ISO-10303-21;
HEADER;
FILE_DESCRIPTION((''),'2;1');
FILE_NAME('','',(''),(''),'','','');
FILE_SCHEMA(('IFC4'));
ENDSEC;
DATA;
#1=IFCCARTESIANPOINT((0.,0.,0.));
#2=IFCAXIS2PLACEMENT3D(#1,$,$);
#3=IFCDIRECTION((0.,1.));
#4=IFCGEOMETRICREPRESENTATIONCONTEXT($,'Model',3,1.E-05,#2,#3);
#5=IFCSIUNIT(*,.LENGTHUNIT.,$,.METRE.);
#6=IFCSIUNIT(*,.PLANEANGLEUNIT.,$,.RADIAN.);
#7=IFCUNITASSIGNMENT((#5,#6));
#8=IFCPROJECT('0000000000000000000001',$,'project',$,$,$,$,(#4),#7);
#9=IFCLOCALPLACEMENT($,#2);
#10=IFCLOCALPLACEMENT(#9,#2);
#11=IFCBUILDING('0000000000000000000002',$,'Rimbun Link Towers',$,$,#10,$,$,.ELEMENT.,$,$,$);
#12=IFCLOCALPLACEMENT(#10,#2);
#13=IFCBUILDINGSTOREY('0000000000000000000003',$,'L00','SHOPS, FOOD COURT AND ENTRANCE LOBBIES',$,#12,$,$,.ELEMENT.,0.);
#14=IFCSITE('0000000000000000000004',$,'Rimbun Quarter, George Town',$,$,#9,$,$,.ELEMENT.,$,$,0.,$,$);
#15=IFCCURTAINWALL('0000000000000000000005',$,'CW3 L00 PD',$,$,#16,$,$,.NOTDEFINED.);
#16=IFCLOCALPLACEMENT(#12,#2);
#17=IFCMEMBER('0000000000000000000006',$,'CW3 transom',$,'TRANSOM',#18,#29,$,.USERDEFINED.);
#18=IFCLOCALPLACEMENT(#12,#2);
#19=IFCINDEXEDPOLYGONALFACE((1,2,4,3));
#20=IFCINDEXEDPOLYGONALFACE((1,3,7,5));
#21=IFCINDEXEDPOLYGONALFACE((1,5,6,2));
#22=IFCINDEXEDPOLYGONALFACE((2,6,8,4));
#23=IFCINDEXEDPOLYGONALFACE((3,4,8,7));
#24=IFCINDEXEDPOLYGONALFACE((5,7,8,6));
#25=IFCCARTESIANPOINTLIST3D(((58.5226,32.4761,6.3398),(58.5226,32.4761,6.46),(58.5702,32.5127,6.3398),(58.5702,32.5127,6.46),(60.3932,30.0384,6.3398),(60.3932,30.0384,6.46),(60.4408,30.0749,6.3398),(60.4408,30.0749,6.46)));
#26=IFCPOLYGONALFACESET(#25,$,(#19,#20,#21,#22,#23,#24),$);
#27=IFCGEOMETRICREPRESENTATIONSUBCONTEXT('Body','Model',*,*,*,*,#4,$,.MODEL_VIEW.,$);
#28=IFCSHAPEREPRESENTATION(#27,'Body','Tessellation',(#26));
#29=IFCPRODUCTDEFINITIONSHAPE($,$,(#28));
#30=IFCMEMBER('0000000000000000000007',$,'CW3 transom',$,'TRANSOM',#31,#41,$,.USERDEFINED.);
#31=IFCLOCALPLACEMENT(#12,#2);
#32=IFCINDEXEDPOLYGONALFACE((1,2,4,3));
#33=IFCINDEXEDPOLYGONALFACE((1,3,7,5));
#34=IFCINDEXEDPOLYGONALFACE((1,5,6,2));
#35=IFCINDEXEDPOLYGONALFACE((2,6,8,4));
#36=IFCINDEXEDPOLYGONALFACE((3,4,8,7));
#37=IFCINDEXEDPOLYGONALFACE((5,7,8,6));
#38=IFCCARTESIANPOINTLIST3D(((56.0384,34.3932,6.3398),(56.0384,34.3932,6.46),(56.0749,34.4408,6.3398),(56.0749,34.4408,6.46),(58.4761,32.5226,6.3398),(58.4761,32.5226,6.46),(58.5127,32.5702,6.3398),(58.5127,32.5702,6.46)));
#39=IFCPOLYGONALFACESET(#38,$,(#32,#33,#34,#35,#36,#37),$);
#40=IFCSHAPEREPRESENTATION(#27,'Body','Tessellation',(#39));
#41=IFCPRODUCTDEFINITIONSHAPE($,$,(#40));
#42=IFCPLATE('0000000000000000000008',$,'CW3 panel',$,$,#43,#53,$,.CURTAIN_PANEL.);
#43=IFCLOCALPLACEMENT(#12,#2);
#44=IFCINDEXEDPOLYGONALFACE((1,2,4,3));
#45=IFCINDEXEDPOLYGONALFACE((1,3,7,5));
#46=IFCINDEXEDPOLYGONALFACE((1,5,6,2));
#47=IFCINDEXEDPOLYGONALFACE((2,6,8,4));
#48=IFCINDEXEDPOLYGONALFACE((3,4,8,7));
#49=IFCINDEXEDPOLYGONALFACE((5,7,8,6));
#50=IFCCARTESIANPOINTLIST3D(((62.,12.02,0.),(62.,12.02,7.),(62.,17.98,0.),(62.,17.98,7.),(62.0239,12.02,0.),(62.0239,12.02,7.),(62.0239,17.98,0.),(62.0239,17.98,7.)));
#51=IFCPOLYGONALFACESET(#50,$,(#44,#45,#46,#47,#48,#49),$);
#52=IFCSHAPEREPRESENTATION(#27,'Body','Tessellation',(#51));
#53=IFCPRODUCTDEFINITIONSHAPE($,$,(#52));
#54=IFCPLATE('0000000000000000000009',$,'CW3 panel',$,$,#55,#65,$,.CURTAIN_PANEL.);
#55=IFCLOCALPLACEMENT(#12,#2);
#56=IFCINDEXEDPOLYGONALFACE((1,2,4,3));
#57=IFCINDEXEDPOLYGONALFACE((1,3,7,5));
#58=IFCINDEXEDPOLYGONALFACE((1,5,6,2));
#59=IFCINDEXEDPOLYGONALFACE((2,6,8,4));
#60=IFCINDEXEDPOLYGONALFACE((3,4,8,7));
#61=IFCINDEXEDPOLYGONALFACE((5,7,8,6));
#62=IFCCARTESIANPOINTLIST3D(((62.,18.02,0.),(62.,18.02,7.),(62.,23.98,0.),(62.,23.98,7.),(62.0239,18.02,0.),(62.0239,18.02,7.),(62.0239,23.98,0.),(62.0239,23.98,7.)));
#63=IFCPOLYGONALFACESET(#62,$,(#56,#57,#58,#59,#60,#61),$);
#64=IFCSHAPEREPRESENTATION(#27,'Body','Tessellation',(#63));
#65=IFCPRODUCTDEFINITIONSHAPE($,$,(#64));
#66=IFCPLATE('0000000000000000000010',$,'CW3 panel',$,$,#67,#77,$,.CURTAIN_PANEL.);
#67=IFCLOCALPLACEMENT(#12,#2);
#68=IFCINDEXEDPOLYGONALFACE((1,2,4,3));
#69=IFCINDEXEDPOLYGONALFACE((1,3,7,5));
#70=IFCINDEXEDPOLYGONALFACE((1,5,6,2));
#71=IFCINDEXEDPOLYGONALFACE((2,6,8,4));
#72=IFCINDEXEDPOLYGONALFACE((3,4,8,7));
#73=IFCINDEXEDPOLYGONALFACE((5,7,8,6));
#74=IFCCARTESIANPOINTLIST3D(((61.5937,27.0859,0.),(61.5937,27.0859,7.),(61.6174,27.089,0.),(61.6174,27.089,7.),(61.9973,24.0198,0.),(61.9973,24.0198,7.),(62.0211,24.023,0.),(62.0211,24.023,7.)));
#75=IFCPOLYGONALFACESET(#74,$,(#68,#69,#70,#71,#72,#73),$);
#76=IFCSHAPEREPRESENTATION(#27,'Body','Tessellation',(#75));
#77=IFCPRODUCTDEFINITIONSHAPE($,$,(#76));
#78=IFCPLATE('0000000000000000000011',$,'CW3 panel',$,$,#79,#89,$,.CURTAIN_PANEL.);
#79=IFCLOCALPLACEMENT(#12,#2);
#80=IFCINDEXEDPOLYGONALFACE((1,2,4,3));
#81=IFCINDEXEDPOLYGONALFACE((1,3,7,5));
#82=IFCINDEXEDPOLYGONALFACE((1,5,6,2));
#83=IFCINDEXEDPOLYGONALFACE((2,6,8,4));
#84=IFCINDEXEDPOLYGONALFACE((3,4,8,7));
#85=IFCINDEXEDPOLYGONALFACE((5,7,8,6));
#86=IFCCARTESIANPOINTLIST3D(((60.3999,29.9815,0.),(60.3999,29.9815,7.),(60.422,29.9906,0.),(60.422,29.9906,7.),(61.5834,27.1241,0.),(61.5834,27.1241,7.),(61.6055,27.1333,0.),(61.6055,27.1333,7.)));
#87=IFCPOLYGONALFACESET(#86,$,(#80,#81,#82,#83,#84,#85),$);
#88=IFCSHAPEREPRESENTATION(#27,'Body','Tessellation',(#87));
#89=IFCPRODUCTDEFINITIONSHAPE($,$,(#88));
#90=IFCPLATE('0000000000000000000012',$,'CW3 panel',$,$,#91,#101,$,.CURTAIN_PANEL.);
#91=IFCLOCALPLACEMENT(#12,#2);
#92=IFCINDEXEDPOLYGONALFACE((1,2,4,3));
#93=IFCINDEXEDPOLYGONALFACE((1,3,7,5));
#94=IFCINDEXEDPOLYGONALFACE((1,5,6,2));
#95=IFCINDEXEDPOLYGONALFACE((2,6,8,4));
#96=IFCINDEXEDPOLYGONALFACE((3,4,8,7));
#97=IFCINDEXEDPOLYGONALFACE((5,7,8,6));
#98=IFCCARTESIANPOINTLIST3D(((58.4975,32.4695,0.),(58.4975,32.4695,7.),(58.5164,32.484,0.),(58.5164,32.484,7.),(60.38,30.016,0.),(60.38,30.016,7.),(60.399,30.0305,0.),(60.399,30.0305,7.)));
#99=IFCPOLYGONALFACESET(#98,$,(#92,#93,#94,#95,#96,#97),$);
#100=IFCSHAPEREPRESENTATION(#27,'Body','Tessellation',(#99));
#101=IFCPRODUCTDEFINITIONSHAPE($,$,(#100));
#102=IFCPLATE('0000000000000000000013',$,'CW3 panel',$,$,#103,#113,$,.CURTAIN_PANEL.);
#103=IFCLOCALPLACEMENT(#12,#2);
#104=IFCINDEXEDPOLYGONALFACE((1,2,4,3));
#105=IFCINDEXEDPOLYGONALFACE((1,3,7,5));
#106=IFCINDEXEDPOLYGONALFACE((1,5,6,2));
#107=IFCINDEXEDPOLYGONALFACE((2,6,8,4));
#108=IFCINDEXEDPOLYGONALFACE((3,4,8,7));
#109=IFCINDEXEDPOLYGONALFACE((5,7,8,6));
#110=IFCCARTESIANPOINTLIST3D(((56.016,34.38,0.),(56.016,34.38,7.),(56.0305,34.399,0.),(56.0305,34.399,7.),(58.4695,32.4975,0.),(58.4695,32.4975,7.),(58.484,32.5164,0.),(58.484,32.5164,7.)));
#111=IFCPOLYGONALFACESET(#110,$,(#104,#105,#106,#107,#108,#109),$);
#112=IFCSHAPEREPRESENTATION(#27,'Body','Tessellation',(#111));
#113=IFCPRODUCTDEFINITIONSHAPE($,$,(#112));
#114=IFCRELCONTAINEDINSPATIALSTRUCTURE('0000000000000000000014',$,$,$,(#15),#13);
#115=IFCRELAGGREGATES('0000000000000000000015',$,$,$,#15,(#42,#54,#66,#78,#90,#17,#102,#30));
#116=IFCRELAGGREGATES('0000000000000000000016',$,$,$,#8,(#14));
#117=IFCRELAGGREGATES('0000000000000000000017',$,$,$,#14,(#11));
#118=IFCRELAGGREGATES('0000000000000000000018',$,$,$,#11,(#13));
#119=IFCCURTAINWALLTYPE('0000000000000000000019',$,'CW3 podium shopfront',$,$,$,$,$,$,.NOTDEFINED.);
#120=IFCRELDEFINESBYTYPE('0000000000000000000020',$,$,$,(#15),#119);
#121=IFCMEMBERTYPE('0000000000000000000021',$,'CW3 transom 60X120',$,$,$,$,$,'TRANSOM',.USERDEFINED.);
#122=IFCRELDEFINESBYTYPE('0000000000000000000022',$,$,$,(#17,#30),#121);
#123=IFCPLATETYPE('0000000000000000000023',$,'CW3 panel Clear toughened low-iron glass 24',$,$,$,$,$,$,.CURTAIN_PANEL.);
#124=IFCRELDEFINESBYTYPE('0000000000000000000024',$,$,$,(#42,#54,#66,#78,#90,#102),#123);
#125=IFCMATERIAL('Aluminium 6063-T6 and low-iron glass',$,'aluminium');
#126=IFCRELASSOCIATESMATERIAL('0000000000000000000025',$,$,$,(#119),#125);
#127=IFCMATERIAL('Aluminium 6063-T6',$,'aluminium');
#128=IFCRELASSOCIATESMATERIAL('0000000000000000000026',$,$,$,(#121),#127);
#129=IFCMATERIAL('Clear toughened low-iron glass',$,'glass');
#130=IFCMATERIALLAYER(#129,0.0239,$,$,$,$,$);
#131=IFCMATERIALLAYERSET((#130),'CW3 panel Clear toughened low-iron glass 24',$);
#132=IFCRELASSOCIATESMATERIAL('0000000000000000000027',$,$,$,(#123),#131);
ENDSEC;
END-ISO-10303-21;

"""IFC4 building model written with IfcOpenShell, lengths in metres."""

from ifc_helpers import new_model, si_unit, direction, frame, origin, origin_2d, place, context, subcontext, project, spatial, rectangle, extrude, material, layer, layer_set, material_profile, profile_set, type_object, element, aggregate, save


model = new_model("IFC4")

# Units and contexts
model_context = context("Model", 3, precision=1e-05, world=origin(), true_north=direction((0.0, 1.0)))
body_context = subcontext(model_context, "Body", "Model", "MODEL_VIEW")
ifc_project = project(units=[si_unit("LENGTHUNIT", "METRE"), si_unit("PLANEANGLEUNIT", "RADIAN")], contexts=[model_context])

# Site, building, storey
site_placement = place(None, origin())
site = spatial("IfcSite", under=ifc_project, at=site_placement, Name="Rimbun Quarter, George Town", CompositionType="ELEMENT", RefElevation=0.0)
building_placement = place(site_placement, origin())
building = spatial("IfcBuilding", under=site, at=building_placement, Name="Rimbun Link Towers", CompositionType="ELEMENT")
storey_placement = place(building_placement, origin())
storey = spatial("IfcBuildingStorey", under=building, at=storey_placement, Name="L00", Description="SHOPS, FOOD COURT AND ENTRANCE LOBBIES", CompositionType="ELEMENT", Elevation=0.0)

# Curtain wall, members, plates
ifc_material_1 = material(Name="Aluminium 6063-T6 and low-iron glass", Category="aluminium")
curtain_wall_type = type_object("IfcCurtainWallType", Name="CW3 podium shopfront", PredefinedType="NOTDEFINED", material=ifc_material_1)
curtain_wall_placement = place(storey_placement, origin())
curtain_wall = element("IfcCurtainWall", 1, at=curtain_wall_placement, inside=storey, type_object=curtain_wall_type, Name="CW3 L00 PD", PredefinedType="NOTDEFINED")
ifc_material_2 = material(Name="Aluminium 6063-T6", Category="aluminium")
ifc_material_profile_1 = material_profile(ifc_material_2, rectangle(XDim=0.0601, YDim=0.1201, at=origin_2d()), Name="TRANSOM 60X120")
ifc_profile_set_1 = profile_set([ifc_material_profile_1], Name="Aluminium 6063-T6")
member_type_1 = type_object("IfcMemberType", Name="CW3 transom 60X120", ElementType="TRANSOM", PredefinedType="USERDEFINED", material=ifc_profile_set_1)
member_1_placement = place(storey_placement, frame((58.5464, 32.4944, 6.3999), z_axis=(0.608773, -0.793344, 0.0), x_axis=(0.793344, 0.608773, 0.0)))
member_1 = element("IfcMember", 2, at=member_1_placement, type_object=member_type_1, Name="CW3 transom", ObjectType="TRANSOM", PredefinedType="USERDEFINED", context=body_context, shape_type="SweptSolid", body=[
    extrude(rectangle(XDim=0.0601, YDim=0.1201, at=origin_2d()), origin(), (0.0, 0.0, 1.0), 3.0728),
])
member_2_placement = place(storey_placement, frame((56.0566, 34.417, 6.3999), z_axis=(0.793344, -0.608773, 0.0), x_axis=(0.608773, 0.793344, 0.0)))
member_2 = element("IfcMember", 3, at=member_2_placement, type_object=member_type_1, Name="CW3 transom", ObjectType="TRANSOM", PredefinedType="USERDEFINED", context=body_context, shape_type="SweptSolid", body=[
    extrude(rectangle(XDim=0.0601, YDim=0.1201, at=origin_2d()), origin(), (0.0, 0.0, 1.0), 3.0728),
])
ifc_material_3 = material(Name="Clear toughened low-iron glass", Category="glass")
ifc_layer = layer(ifc_material_3, 0.0239)
ifc_layer_set = layer_set([ifc_layer], Name="CW3 panel Clear toughened low-iron glass 24")
plate_type = type_object("IfcPlateType", Name="CW3 panel Clear toughened low-iron glass 24", PredefinedType="CURTAIN_PANEL", material=ifc_layer_set)
plate_1_placement = place(storey_placement, frame((62.012, 15.0, 0.0), z_axis=(0.0, 0.0, 1.0), x_axis=(0.0, -1.0, 0.0)))
plate_1 = element("IfcPlate", 4, at=plate_1_placement, type_object=plate_type, Name="CW3 panel", PredefinedType="CURTAIN_PANEL", context=body_context, shape_type="SweptSolid", body=[
    extrude(rectangle(XDim=5.96, YDim=0.0239, at=origin_2d()), origin(), (0.0, 0.0, 1.0), 7.0),
])
plate_2_placement = place(storey_placement, frame((62.012, 21.0, 0.0), z_axis=(0.0, 0.0, 1.0), x_axis=(0.0, -1.0, 0.0)))
plate_2 = element("IfcPlate", 5, at=plate_2_placement, type_object=plate_type, Name="CW3 panel", PredefinedType="CURTAIN_PANEL", context=body_context, shape_type="SweptSolid", body=[
    extrude(rectangle(XDim=5.96, YDim=0.0239, at=origin_2d()), origin(), (0.0, 0.0, 1.0), 7.0),
])
plate_3_placement = place(storey_placement, frame((61.8074, 25.5544, 0.0), z_axis=(0.0, 0.0, 1.0), x_axis=(0.13053, -0.991444, 0.0)))
plate_3 = element("IfcPlate", 6, at=plate_3_placement, type_object=plate_type, Name="CW3 panel", PredefinedType="CURTAIN_PANEL", context=body_context, shape_type="SweptSolid", body=[
    extrude(rectangle(XDim=3.0925, YDim=0.0239, at=origin_2d()), origin(), (0.0, 0.0, 1.0), 7.0),
])
plate_4_placement = place(storey_placement, frame((61.0027, 28.5574, 0.0), z_axis=(0.0, 0.0, 1.0), x_axis=(0.382679, -0.923881, 0.0)))
plate_4 = element("IfcPlate", 7, at=plate_4_placement, type_object=plate_type, Name="CW3 panel", PredefinedType="CURTAIN_PANEL", context=body_context, shape_type="SweptSolid", body=[
    extrude(rectangle(XDim=3.0928, YDim=0.0239, at=origin_2d()), origin(), (0.0, 0.0, 1.0), 7.0),
])
plate_5_placement = place(storey_placement, frame((59.4482, 31.25, 0.0), z_axis=(0.0, 0.0, 1.0), x_axis=(0.608754, -0.793359, 0.0)))
plate_5 = element("IfcPlate", 8, at=plate_5_placement, type_object=plate_type, Name="CW3 panel", PredefinedType="CURTAIN_PANEL", context=body_context, shape_type="SweptSolid", body=[
    extrude(rectangle(XDim=3.0925, YDim=0.0239, at=origin_2d()), origin(), (0.0, 0.0, 1.0), 7.0),
])
plate_6_placement = place(storey_placement, frame((57.25, 33.4482, 0.0), z_axis=(0.0, 0.0, 1.0), x_axis=(0.793359, -0.608754, 0.0)))
plate_6 = element("IfcPlate", 9, at=plate_6_placement, type_object=plate_type, Name="CW3 panel", PredefinedType="CURTAIN_PANEL", context=body_context, shape_type="SweptSolid", body=[
    extrude(rectangle(XDim=3.0925, YDim=0.0239, at=origin_2d()), origin(), (0.0, 0.0, 1.0), 7.0),
])
aggregate(curtain_wall, [plate_1, plate_2, plate_3, plate_4, plate_5, member_1, plate_6, member_2])

save(model, "model.ifc")
